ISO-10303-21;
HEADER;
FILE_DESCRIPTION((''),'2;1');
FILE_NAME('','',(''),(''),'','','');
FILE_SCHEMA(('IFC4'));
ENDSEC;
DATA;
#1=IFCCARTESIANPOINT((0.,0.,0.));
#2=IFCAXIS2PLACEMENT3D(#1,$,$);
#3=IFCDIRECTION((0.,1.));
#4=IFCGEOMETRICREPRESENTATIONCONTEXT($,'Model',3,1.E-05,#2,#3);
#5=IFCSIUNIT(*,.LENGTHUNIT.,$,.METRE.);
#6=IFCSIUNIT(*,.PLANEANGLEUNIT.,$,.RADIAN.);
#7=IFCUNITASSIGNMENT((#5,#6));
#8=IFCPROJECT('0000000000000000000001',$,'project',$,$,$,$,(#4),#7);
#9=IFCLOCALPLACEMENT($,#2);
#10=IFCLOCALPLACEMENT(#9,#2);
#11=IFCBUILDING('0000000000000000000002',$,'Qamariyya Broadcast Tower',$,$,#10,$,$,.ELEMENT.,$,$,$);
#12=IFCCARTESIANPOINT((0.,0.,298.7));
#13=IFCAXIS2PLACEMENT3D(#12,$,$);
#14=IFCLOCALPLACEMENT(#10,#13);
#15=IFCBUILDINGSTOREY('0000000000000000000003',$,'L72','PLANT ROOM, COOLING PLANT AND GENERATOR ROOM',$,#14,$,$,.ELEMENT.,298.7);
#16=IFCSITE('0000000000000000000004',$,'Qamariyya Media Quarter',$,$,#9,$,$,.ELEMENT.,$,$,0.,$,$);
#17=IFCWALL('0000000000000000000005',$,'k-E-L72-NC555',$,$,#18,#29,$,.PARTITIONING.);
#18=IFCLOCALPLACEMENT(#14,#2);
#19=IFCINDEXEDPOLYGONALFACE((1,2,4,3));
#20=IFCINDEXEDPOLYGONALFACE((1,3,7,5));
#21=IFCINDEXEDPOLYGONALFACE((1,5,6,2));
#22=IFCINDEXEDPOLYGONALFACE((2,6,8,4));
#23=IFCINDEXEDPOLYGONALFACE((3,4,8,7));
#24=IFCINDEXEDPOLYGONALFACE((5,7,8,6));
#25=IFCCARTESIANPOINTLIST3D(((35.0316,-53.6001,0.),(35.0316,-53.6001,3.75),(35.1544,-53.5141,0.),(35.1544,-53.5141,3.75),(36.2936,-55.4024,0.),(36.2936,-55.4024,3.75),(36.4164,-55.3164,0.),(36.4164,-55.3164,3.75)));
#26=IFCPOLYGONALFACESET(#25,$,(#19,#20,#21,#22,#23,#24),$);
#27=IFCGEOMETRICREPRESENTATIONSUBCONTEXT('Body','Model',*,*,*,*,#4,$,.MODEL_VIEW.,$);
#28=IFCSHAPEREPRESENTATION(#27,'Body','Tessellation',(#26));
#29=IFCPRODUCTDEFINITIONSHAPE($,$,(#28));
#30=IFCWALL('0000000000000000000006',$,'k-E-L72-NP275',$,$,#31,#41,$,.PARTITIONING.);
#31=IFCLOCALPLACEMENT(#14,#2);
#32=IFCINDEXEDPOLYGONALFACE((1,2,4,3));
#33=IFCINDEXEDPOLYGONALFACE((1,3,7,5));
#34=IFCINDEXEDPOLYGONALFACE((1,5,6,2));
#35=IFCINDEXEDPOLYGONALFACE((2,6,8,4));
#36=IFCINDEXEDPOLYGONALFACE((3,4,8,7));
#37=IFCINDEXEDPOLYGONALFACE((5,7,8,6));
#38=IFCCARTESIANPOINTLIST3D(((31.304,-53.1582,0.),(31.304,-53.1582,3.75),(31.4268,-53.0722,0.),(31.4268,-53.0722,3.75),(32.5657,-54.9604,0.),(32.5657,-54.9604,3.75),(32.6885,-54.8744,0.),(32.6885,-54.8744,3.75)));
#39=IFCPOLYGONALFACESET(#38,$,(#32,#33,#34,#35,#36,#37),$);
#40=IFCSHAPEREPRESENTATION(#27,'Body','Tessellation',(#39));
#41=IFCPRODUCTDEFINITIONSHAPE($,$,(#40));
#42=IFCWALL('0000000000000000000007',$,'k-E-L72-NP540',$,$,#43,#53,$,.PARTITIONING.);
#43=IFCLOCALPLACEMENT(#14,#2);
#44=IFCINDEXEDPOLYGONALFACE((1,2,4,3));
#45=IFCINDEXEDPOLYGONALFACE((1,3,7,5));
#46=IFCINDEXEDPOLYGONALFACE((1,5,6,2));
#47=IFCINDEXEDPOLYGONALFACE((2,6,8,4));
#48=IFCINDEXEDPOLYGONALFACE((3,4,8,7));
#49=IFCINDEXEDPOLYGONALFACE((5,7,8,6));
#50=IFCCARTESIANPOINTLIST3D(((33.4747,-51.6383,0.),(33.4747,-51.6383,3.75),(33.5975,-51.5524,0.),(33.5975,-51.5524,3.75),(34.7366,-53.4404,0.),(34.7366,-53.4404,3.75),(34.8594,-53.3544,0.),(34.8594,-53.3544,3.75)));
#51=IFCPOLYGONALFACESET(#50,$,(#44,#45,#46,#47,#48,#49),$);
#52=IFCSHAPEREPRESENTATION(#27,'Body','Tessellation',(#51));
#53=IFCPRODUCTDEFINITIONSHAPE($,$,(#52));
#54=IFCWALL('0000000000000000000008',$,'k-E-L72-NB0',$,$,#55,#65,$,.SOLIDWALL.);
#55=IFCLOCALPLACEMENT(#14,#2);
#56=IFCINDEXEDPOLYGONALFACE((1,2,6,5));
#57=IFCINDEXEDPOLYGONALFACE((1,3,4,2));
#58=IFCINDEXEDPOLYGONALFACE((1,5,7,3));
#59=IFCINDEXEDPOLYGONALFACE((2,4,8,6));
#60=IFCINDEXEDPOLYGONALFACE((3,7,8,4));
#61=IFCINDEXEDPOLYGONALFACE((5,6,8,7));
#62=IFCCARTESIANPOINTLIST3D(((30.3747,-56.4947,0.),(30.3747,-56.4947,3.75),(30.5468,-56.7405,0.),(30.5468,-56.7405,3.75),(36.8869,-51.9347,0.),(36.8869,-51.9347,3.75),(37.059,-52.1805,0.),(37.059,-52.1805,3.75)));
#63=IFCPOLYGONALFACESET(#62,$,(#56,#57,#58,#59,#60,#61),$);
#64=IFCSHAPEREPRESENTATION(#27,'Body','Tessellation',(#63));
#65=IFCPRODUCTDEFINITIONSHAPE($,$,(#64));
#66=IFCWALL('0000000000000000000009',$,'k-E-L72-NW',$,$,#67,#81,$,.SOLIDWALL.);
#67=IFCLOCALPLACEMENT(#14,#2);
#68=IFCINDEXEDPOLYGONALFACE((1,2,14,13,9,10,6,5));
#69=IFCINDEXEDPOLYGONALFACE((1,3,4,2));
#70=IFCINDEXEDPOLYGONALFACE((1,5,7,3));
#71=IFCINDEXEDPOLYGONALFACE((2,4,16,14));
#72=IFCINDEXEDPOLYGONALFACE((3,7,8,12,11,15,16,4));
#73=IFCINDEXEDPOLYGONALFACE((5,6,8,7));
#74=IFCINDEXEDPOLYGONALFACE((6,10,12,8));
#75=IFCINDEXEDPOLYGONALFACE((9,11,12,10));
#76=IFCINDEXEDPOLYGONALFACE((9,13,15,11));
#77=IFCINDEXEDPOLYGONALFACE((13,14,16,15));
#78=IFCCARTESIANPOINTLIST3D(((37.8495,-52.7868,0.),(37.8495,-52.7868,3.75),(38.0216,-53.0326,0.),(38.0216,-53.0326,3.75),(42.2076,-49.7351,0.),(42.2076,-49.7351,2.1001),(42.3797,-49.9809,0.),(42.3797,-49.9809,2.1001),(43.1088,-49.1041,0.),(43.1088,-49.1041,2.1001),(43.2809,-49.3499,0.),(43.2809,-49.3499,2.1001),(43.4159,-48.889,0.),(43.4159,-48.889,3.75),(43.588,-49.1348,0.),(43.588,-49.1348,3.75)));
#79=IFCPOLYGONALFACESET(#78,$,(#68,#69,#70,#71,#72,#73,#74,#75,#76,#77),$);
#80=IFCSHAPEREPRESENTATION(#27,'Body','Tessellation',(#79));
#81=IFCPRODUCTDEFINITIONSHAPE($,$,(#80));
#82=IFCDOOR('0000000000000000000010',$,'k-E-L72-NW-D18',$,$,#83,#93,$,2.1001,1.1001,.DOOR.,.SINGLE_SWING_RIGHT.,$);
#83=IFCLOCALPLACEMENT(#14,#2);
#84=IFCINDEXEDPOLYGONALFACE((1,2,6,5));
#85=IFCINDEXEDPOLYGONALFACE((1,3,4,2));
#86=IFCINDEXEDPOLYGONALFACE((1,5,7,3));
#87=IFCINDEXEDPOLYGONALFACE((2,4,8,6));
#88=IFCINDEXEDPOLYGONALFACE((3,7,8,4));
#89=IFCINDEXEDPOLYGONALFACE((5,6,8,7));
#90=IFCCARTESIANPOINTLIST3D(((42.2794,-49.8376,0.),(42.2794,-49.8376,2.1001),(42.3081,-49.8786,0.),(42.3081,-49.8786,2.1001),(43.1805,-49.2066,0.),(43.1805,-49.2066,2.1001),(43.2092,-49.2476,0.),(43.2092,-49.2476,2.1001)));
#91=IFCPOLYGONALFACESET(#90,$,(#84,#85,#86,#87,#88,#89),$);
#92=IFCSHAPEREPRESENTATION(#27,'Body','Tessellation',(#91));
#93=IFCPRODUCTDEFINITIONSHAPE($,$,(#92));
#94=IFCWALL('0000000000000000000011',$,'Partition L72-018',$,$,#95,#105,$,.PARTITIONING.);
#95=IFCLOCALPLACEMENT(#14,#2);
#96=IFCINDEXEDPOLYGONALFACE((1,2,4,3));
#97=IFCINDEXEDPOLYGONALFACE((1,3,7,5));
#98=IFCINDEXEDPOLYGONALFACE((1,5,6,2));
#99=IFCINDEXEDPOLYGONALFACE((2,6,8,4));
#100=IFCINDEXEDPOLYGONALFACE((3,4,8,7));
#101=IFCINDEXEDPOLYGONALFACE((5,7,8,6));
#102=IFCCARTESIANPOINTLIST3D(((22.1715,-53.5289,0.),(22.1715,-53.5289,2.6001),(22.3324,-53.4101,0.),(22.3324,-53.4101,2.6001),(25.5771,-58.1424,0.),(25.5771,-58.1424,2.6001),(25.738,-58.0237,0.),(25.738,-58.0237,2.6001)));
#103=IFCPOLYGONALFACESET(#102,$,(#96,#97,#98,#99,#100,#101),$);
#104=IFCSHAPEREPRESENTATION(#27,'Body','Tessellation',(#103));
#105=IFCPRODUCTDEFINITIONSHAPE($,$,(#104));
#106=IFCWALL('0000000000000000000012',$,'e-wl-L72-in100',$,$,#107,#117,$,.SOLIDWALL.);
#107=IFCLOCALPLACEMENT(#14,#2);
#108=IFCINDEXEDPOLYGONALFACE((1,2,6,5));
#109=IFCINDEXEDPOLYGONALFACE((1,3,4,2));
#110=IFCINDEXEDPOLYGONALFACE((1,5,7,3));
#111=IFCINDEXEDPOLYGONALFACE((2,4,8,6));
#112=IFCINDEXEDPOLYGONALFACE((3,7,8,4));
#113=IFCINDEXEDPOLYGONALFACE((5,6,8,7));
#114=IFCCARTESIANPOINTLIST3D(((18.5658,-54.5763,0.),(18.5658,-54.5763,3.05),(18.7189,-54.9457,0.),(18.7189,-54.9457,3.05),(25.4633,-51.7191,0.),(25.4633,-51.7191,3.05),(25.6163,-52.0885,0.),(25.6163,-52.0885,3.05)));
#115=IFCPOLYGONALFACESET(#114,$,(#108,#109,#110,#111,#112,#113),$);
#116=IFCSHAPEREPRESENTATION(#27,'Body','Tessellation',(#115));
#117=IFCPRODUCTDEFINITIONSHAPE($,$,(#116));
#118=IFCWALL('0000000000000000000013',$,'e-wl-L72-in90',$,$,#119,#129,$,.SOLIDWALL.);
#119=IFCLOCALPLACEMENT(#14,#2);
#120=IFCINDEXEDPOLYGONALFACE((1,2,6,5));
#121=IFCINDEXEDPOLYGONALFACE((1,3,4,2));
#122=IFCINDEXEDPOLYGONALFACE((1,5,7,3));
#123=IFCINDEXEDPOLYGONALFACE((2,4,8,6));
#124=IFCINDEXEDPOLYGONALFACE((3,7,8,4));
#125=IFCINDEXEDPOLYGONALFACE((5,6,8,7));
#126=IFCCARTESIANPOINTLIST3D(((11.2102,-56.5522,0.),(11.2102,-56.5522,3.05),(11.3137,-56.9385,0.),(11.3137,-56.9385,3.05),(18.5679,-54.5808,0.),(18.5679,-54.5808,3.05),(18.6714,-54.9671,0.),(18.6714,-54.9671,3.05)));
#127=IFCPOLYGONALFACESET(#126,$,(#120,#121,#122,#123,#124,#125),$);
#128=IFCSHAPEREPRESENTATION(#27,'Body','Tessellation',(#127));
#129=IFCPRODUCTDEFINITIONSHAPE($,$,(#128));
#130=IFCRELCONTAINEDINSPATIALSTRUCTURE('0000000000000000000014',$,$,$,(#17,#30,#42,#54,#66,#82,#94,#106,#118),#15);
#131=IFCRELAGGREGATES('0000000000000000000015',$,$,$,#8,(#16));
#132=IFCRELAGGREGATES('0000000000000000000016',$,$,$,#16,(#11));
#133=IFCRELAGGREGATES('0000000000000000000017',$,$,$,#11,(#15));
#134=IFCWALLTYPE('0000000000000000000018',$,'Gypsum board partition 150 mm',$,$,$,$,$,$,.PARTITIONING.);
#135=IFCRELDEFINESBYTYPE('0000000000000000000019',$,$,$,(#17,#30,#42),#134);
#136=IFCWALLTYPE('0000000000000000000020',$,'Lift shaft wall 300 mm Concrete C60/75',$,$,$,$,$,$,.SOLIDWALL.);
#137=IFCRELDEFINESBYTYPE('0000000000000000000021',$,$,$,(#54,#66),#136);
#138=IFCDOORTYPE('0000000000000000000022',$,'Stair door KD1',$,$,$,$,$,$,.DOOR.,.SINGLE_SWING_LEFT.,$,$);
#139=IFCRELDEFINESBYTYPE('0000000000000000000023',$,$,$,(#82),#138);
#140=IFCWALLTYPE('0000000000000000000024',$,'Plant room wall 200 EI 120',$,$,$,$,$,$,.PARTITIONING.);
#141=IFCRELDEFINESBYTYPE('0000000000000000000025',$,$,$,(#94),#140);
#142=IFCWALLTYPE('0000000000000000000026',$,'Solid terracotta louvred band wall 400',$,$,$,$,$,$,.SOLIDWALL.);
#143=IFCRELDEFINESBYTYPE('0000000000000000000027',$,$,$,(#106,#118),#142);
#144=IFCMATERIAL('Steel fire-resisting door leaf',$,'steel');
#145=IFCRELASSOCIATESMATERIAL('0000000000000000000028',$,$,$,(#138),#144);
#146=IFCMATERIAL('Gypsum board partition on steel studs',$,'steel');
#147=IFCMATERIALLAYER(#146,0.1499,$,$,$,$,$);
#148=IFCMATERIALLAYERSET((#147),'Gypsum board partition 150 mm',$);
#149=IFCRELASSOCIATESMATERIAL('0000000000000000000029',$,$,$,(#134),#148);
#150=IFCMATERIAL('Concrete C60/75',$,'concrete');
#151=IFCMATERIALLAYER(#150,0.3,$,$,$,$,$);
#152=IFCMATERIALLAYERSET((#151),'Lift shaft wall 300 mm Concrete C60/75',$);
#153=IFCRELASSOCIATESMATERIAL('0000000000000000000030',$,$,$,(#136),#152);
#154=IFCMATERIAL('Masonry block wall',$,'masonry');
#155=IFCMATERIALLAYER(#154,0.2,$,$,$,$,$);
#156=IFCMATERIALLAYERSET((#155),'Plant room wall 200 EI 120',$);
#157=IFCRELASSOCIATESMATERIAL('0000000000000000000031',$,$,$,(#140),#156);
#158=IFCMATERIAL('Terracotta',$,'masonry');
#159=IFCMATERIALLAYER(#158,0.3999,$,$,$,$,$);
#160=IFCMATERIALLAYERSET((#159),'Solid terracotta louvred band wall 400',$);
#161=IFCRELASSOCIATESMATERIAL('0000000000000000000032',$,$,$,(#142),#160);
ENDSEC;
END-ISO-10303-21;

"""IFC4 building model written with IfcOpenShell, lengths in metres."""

from ifc_helpers import new_model, si_unit, direction, frame, frame_2d, origin, place, context, subcontext, project, spatial, rectangle, extrude, material, layer, layer_set, type_object, element, fill, save


model = new_model("IFC4")

# Units and contexts
model_context = context("Model", 3, precision=1e-05, world=origin(), true_north=direction((0.0, 1.0)))
body_context = subcontext(model_context, "Body", "Model", "MODEL_VIEW")
ifc_project = project(units=[si_unit("LENGTHUNIT", "METRE"), si_unit("PLANEANGLEUNIT", "RADIAN")], contexts=[model_context])

# Site, building, storey
site_placement = place(None, origin())
site = spatial("IfcSite", under=ifc_project, at=site_placement, Name="Qamariyya Media Quarter", CompositionType="ELEMENT", RefElevation=0.0)
building_placement = place(site_placement, origin())
building = spatial("IfcBuilding", under=site, at=building_placement, Name="Qamariyya Broadcast Tower", CompositionType="ELEMENT")
storey_placement = place(building_placement, frame((0.0, 0.0, 298.7)))
storey = spatial("IfcBuildingStorey", under=building, at=storey_placement, Name="L72", Description="PLANT ROOM, COOLING PLANT AND GENERATOR ROOM", CompositionType="ELEMENT", Elevation=298.7)

# Shared definitions
ifc_material_1 = material(Name="Concrete C60/75", Category="concrete")
ifc_material_2 = material(Name="Steel fire-resisting door leaf", Category="steel")
door_type_1 = type_object("IfcDoorType", Name="Stair door KD1", OperationType="SINGLE_SWING_LEFT", PredefinedType="DOOR", material=ifc_material_2)

# Walls
ifc_material_3 = material(Name="Gypsum board partition on steel studs", Category="steel")
ifc_layer_1 = layer(ifc_material_3, 0.1499)
ifc_layer_set_1 = layer_set([ifc_layer_1], Name="Gypsum board partition 150 mm")
wall_type_1 = type_object("IfcWallType", Name="Gypsum board partition 150 mm", PredefinedType="PARTITIONING", material=ifc_layer_set_1)
wall_1_placement = place(storey_placement, frame((36.355, -55.3594, 0.0), z_axis=(0.0, 0.0, 1.0), x_axis=(-0.573581, 0.819149, 0.0)))
element("IfcWall", 1, at=wall_1_placement, inside=storey, type_object=wall_type_1, Name="k-E-L72-NC555", PredefinedType="PARTITIONING", context=body_context, shape_type="SweptSolid", body=[
    extrude(rectangle(XDim=2.2002, YDim=0.1499, at=frame_2d((1.1001, 0.0))), origin(), (0.0, 0.0, 1.0), 3.75),
])
for number, where, z_axis, x_axis, name in (
    (2, (32.6272, -54.9175, 0.0), (0.0, 0.0, 1.0), (-0.573507, 0.819201, 0.0), "k-E-L72-NP275"),
    (3, (34.7981, -53.3975, 0.0), (0.0, 0.0, 1.0), (-0.573634, 0.819112, 0.0), "k-E-L72-NP540"),
):
    element("IfcWall", number, at=place(storey_placement, frame(where, z_axis=z_axis, x_axis=x_axis)), inside=storey, type_object=wall_type_1, Name=name, PredefinedType="PARTITIONING", context=body_context, shape_type="SweptSolid", body=[
        extrude(rectangle(XDim=2.2, YDim=0.1499, at=frame_2d((1.1001, 0.0))), origin(), (0.0, 0.0, 1.0), 3.75),
    ])
ifc_layer_2 = layer(ifc_material_1, 0.3)
ifc_layer_set_2 = layer_set([ifc_layer_2], Name="Lift shaft wall 300 mm Concrete C60/75")
wall_type_2 = type_object("IfcWallType", Name="Lift shaft wall 300 mm Concrete C60/75", PredefinedType="SOLIDWALL", material=ifc_layer_set_2)
wall_2_placement = place(storey_placement, frame((30.4607, -56.6177, 0.0), z_axis=(0.0, 0.0, 1.0), x_axis=(0.819142, 0.57359, 0.0)))
element("IfcWall", 4, at=wall_2_placement, inside=storey, type_object=wall_type_2, Name="k-E-L72-NB0", PredefinedType="SOLIDWALL", context=body_context, shape_type="SweptSolid", body=[
    extrude(rectangle(XDim=7.95, YDim=0.3, at=frame_2d((3.9751, 0.0))), origin(), (0.0, 0.0, 1.0), 3.75),
])

# Wall, opening, door
wall_3_placement = place(storey_placement, frame((37.9355, -52.9097, 0.0), z_axis=(0.0, 0.0, 1.0), x_axis=(0.819148, 0.573583, 0.0)))
wall_3 = element("IfcWall", 5, at=wall_3_placement, inside=storey, type_object=wall_type_2, Name="k-E-L72-NW", PredefinedType="SOLIDWALL", context=body_context, shape_type="SweptSolid", body=[
    extrude(rectangle(XDim=6.7954, YDim=0.3, at=frame_2d((3.3977, 0.0))), origin(), (0.0, 0.0, 1.0), 3.75),
])
opening_1_placement = place(wall_3_placement, frame((5.3203, 0.0, 0.0)))
opening_1 = element("IfcOpeningElement", 6, at=opening_1_placement, cuts=wall_3, PredefinedType="OPENING", context=body_context, shape_type="SweptSolid", body=[
    extrude(rectangle(XDim=1.1001, YDim=2.1001, at=frame_2d((0.55, 1.05))), frame((0.0, 0.1599, 0.0), z_axis=(0.0, -1.0, 0.0), x_axis=(1.0, 0.0, 0.0)), (0.0, 0.0, 1.0), 0.3201),
])
door_1_placement = place(opening_1_placement, origin())
door_1 = element("IfcDoor", 7, at=door_1_placement, inside=storey, type_object=door_type_1, Name="k-E-L72-NW-D18", OperationType="SINGLE_SWING_RIGHT", OverallHeight=2.1001, OverallWidth=1.1001, PredefinedType="DOOR", context=body_context, shape_type="SweptSolid", body=[
    extrude(rectangle(XDim=1.1001, YDim=2.1001, at=frame_2d((0.55, 1.05))), frame((0.0, 0.0249, 0.0), z_axis=(0.0, -1.0, 0.0), x_axis=(1.0, 0.0, 0.0)), (0.0, 0.0, 1.0), 0.05),
])
fill(opening_1, door_1)

# Walls
ifc_material_4 = material(Name="Masonry block wall", Category="masonry")
ifc_layer_3 = layer(ifc_material_4, 0.2)
ifc_layer_set_3 = layer_set([ifc_layer_3], Name="Plant room wall 200 EI 120")
wall_type_3 = type_object("IfcWallType", Name="Plant room wall 200 EI 120", PredefinedType="PARTITIONING", material=ifc_layer_set_3)
wall_4_placement = place(storey_placement, frame((22.252, -53.4695, 0.0), z_axis=(0.0, 0.0, 1.0), x_axis=(0.593886, -0.804549, 0.0)))
element("IfcWall", 8, at=wall_4_placement, inside=storey, type_object=wall_type_3, Name="Partition L72-018", PredefinedType="PARTITIONING", context=body_context, shape_type="SweptSolid", body=[
    extrude(rectangle(XDim=5.7344, YDim=0.2, at=frame_2d((2.8672, 0.0))), origin(), (0.0, 0.0, 1.0), 2.6001),
])
ifc_material_5 = material(Name="Terracotta", Category="masonry")
ifc_layer_4 = layer(ifc_material_5, 0.3999)
ifc_layer_set_4 = layer_set([ifc_layer_4], Name="Solid terracotta louvred band wall 400")
wall_type_4 = type_object("IfcWallType", Name="Solid terracotta louvred band wall 400", PredefinedType="SOLIDWALL", material=ifc_layer_set_4)
wall_5_placement = place(storey_placement, frame((25.5398, -51.9038, 0.0), z_axis=(0.0, 0.0, 1.0), x_axis=(-0.923872, -0.382701, 0.0)))
element("IfcWall", 9, at=wall_5_placement, inside=storey, type_object=wall_type_4, Name="e-wl-L72-in100", PredefinedType="SOLIDWALL", context=body_context, shape_type="SweptSolid", body=[
    extrude(rectangle(XDim=7.4658, YDim=0.3999, at=frame_2d((3.7329, 0.0))), origin(), (0.0, 0.0, 1.0), 3.05),
])
wall_6_placement = place(storey_placement, frame((18.6196, -54.7739, 0.0), z_axis=(0.0, 0.0, 1.0), x_axis=(-0.965927, -0.258814, 0.0)))
element("IfcWall", 10, at=wall_6_placement, inside=storey, type_object=wall_type_4, Name="e-wl-L72-in90", PredefinedType="SOLIDWALL", context=body_context, shape_type="SweptSolid", body=[
    extrude(rectangle(XDim=7.6172, YDim=0.3999, at=frame_2d((3.8086, 0.0))), origin(), (0.0, 0.0, 1.0), 3.05),
])

save(model, "model.ifc")
